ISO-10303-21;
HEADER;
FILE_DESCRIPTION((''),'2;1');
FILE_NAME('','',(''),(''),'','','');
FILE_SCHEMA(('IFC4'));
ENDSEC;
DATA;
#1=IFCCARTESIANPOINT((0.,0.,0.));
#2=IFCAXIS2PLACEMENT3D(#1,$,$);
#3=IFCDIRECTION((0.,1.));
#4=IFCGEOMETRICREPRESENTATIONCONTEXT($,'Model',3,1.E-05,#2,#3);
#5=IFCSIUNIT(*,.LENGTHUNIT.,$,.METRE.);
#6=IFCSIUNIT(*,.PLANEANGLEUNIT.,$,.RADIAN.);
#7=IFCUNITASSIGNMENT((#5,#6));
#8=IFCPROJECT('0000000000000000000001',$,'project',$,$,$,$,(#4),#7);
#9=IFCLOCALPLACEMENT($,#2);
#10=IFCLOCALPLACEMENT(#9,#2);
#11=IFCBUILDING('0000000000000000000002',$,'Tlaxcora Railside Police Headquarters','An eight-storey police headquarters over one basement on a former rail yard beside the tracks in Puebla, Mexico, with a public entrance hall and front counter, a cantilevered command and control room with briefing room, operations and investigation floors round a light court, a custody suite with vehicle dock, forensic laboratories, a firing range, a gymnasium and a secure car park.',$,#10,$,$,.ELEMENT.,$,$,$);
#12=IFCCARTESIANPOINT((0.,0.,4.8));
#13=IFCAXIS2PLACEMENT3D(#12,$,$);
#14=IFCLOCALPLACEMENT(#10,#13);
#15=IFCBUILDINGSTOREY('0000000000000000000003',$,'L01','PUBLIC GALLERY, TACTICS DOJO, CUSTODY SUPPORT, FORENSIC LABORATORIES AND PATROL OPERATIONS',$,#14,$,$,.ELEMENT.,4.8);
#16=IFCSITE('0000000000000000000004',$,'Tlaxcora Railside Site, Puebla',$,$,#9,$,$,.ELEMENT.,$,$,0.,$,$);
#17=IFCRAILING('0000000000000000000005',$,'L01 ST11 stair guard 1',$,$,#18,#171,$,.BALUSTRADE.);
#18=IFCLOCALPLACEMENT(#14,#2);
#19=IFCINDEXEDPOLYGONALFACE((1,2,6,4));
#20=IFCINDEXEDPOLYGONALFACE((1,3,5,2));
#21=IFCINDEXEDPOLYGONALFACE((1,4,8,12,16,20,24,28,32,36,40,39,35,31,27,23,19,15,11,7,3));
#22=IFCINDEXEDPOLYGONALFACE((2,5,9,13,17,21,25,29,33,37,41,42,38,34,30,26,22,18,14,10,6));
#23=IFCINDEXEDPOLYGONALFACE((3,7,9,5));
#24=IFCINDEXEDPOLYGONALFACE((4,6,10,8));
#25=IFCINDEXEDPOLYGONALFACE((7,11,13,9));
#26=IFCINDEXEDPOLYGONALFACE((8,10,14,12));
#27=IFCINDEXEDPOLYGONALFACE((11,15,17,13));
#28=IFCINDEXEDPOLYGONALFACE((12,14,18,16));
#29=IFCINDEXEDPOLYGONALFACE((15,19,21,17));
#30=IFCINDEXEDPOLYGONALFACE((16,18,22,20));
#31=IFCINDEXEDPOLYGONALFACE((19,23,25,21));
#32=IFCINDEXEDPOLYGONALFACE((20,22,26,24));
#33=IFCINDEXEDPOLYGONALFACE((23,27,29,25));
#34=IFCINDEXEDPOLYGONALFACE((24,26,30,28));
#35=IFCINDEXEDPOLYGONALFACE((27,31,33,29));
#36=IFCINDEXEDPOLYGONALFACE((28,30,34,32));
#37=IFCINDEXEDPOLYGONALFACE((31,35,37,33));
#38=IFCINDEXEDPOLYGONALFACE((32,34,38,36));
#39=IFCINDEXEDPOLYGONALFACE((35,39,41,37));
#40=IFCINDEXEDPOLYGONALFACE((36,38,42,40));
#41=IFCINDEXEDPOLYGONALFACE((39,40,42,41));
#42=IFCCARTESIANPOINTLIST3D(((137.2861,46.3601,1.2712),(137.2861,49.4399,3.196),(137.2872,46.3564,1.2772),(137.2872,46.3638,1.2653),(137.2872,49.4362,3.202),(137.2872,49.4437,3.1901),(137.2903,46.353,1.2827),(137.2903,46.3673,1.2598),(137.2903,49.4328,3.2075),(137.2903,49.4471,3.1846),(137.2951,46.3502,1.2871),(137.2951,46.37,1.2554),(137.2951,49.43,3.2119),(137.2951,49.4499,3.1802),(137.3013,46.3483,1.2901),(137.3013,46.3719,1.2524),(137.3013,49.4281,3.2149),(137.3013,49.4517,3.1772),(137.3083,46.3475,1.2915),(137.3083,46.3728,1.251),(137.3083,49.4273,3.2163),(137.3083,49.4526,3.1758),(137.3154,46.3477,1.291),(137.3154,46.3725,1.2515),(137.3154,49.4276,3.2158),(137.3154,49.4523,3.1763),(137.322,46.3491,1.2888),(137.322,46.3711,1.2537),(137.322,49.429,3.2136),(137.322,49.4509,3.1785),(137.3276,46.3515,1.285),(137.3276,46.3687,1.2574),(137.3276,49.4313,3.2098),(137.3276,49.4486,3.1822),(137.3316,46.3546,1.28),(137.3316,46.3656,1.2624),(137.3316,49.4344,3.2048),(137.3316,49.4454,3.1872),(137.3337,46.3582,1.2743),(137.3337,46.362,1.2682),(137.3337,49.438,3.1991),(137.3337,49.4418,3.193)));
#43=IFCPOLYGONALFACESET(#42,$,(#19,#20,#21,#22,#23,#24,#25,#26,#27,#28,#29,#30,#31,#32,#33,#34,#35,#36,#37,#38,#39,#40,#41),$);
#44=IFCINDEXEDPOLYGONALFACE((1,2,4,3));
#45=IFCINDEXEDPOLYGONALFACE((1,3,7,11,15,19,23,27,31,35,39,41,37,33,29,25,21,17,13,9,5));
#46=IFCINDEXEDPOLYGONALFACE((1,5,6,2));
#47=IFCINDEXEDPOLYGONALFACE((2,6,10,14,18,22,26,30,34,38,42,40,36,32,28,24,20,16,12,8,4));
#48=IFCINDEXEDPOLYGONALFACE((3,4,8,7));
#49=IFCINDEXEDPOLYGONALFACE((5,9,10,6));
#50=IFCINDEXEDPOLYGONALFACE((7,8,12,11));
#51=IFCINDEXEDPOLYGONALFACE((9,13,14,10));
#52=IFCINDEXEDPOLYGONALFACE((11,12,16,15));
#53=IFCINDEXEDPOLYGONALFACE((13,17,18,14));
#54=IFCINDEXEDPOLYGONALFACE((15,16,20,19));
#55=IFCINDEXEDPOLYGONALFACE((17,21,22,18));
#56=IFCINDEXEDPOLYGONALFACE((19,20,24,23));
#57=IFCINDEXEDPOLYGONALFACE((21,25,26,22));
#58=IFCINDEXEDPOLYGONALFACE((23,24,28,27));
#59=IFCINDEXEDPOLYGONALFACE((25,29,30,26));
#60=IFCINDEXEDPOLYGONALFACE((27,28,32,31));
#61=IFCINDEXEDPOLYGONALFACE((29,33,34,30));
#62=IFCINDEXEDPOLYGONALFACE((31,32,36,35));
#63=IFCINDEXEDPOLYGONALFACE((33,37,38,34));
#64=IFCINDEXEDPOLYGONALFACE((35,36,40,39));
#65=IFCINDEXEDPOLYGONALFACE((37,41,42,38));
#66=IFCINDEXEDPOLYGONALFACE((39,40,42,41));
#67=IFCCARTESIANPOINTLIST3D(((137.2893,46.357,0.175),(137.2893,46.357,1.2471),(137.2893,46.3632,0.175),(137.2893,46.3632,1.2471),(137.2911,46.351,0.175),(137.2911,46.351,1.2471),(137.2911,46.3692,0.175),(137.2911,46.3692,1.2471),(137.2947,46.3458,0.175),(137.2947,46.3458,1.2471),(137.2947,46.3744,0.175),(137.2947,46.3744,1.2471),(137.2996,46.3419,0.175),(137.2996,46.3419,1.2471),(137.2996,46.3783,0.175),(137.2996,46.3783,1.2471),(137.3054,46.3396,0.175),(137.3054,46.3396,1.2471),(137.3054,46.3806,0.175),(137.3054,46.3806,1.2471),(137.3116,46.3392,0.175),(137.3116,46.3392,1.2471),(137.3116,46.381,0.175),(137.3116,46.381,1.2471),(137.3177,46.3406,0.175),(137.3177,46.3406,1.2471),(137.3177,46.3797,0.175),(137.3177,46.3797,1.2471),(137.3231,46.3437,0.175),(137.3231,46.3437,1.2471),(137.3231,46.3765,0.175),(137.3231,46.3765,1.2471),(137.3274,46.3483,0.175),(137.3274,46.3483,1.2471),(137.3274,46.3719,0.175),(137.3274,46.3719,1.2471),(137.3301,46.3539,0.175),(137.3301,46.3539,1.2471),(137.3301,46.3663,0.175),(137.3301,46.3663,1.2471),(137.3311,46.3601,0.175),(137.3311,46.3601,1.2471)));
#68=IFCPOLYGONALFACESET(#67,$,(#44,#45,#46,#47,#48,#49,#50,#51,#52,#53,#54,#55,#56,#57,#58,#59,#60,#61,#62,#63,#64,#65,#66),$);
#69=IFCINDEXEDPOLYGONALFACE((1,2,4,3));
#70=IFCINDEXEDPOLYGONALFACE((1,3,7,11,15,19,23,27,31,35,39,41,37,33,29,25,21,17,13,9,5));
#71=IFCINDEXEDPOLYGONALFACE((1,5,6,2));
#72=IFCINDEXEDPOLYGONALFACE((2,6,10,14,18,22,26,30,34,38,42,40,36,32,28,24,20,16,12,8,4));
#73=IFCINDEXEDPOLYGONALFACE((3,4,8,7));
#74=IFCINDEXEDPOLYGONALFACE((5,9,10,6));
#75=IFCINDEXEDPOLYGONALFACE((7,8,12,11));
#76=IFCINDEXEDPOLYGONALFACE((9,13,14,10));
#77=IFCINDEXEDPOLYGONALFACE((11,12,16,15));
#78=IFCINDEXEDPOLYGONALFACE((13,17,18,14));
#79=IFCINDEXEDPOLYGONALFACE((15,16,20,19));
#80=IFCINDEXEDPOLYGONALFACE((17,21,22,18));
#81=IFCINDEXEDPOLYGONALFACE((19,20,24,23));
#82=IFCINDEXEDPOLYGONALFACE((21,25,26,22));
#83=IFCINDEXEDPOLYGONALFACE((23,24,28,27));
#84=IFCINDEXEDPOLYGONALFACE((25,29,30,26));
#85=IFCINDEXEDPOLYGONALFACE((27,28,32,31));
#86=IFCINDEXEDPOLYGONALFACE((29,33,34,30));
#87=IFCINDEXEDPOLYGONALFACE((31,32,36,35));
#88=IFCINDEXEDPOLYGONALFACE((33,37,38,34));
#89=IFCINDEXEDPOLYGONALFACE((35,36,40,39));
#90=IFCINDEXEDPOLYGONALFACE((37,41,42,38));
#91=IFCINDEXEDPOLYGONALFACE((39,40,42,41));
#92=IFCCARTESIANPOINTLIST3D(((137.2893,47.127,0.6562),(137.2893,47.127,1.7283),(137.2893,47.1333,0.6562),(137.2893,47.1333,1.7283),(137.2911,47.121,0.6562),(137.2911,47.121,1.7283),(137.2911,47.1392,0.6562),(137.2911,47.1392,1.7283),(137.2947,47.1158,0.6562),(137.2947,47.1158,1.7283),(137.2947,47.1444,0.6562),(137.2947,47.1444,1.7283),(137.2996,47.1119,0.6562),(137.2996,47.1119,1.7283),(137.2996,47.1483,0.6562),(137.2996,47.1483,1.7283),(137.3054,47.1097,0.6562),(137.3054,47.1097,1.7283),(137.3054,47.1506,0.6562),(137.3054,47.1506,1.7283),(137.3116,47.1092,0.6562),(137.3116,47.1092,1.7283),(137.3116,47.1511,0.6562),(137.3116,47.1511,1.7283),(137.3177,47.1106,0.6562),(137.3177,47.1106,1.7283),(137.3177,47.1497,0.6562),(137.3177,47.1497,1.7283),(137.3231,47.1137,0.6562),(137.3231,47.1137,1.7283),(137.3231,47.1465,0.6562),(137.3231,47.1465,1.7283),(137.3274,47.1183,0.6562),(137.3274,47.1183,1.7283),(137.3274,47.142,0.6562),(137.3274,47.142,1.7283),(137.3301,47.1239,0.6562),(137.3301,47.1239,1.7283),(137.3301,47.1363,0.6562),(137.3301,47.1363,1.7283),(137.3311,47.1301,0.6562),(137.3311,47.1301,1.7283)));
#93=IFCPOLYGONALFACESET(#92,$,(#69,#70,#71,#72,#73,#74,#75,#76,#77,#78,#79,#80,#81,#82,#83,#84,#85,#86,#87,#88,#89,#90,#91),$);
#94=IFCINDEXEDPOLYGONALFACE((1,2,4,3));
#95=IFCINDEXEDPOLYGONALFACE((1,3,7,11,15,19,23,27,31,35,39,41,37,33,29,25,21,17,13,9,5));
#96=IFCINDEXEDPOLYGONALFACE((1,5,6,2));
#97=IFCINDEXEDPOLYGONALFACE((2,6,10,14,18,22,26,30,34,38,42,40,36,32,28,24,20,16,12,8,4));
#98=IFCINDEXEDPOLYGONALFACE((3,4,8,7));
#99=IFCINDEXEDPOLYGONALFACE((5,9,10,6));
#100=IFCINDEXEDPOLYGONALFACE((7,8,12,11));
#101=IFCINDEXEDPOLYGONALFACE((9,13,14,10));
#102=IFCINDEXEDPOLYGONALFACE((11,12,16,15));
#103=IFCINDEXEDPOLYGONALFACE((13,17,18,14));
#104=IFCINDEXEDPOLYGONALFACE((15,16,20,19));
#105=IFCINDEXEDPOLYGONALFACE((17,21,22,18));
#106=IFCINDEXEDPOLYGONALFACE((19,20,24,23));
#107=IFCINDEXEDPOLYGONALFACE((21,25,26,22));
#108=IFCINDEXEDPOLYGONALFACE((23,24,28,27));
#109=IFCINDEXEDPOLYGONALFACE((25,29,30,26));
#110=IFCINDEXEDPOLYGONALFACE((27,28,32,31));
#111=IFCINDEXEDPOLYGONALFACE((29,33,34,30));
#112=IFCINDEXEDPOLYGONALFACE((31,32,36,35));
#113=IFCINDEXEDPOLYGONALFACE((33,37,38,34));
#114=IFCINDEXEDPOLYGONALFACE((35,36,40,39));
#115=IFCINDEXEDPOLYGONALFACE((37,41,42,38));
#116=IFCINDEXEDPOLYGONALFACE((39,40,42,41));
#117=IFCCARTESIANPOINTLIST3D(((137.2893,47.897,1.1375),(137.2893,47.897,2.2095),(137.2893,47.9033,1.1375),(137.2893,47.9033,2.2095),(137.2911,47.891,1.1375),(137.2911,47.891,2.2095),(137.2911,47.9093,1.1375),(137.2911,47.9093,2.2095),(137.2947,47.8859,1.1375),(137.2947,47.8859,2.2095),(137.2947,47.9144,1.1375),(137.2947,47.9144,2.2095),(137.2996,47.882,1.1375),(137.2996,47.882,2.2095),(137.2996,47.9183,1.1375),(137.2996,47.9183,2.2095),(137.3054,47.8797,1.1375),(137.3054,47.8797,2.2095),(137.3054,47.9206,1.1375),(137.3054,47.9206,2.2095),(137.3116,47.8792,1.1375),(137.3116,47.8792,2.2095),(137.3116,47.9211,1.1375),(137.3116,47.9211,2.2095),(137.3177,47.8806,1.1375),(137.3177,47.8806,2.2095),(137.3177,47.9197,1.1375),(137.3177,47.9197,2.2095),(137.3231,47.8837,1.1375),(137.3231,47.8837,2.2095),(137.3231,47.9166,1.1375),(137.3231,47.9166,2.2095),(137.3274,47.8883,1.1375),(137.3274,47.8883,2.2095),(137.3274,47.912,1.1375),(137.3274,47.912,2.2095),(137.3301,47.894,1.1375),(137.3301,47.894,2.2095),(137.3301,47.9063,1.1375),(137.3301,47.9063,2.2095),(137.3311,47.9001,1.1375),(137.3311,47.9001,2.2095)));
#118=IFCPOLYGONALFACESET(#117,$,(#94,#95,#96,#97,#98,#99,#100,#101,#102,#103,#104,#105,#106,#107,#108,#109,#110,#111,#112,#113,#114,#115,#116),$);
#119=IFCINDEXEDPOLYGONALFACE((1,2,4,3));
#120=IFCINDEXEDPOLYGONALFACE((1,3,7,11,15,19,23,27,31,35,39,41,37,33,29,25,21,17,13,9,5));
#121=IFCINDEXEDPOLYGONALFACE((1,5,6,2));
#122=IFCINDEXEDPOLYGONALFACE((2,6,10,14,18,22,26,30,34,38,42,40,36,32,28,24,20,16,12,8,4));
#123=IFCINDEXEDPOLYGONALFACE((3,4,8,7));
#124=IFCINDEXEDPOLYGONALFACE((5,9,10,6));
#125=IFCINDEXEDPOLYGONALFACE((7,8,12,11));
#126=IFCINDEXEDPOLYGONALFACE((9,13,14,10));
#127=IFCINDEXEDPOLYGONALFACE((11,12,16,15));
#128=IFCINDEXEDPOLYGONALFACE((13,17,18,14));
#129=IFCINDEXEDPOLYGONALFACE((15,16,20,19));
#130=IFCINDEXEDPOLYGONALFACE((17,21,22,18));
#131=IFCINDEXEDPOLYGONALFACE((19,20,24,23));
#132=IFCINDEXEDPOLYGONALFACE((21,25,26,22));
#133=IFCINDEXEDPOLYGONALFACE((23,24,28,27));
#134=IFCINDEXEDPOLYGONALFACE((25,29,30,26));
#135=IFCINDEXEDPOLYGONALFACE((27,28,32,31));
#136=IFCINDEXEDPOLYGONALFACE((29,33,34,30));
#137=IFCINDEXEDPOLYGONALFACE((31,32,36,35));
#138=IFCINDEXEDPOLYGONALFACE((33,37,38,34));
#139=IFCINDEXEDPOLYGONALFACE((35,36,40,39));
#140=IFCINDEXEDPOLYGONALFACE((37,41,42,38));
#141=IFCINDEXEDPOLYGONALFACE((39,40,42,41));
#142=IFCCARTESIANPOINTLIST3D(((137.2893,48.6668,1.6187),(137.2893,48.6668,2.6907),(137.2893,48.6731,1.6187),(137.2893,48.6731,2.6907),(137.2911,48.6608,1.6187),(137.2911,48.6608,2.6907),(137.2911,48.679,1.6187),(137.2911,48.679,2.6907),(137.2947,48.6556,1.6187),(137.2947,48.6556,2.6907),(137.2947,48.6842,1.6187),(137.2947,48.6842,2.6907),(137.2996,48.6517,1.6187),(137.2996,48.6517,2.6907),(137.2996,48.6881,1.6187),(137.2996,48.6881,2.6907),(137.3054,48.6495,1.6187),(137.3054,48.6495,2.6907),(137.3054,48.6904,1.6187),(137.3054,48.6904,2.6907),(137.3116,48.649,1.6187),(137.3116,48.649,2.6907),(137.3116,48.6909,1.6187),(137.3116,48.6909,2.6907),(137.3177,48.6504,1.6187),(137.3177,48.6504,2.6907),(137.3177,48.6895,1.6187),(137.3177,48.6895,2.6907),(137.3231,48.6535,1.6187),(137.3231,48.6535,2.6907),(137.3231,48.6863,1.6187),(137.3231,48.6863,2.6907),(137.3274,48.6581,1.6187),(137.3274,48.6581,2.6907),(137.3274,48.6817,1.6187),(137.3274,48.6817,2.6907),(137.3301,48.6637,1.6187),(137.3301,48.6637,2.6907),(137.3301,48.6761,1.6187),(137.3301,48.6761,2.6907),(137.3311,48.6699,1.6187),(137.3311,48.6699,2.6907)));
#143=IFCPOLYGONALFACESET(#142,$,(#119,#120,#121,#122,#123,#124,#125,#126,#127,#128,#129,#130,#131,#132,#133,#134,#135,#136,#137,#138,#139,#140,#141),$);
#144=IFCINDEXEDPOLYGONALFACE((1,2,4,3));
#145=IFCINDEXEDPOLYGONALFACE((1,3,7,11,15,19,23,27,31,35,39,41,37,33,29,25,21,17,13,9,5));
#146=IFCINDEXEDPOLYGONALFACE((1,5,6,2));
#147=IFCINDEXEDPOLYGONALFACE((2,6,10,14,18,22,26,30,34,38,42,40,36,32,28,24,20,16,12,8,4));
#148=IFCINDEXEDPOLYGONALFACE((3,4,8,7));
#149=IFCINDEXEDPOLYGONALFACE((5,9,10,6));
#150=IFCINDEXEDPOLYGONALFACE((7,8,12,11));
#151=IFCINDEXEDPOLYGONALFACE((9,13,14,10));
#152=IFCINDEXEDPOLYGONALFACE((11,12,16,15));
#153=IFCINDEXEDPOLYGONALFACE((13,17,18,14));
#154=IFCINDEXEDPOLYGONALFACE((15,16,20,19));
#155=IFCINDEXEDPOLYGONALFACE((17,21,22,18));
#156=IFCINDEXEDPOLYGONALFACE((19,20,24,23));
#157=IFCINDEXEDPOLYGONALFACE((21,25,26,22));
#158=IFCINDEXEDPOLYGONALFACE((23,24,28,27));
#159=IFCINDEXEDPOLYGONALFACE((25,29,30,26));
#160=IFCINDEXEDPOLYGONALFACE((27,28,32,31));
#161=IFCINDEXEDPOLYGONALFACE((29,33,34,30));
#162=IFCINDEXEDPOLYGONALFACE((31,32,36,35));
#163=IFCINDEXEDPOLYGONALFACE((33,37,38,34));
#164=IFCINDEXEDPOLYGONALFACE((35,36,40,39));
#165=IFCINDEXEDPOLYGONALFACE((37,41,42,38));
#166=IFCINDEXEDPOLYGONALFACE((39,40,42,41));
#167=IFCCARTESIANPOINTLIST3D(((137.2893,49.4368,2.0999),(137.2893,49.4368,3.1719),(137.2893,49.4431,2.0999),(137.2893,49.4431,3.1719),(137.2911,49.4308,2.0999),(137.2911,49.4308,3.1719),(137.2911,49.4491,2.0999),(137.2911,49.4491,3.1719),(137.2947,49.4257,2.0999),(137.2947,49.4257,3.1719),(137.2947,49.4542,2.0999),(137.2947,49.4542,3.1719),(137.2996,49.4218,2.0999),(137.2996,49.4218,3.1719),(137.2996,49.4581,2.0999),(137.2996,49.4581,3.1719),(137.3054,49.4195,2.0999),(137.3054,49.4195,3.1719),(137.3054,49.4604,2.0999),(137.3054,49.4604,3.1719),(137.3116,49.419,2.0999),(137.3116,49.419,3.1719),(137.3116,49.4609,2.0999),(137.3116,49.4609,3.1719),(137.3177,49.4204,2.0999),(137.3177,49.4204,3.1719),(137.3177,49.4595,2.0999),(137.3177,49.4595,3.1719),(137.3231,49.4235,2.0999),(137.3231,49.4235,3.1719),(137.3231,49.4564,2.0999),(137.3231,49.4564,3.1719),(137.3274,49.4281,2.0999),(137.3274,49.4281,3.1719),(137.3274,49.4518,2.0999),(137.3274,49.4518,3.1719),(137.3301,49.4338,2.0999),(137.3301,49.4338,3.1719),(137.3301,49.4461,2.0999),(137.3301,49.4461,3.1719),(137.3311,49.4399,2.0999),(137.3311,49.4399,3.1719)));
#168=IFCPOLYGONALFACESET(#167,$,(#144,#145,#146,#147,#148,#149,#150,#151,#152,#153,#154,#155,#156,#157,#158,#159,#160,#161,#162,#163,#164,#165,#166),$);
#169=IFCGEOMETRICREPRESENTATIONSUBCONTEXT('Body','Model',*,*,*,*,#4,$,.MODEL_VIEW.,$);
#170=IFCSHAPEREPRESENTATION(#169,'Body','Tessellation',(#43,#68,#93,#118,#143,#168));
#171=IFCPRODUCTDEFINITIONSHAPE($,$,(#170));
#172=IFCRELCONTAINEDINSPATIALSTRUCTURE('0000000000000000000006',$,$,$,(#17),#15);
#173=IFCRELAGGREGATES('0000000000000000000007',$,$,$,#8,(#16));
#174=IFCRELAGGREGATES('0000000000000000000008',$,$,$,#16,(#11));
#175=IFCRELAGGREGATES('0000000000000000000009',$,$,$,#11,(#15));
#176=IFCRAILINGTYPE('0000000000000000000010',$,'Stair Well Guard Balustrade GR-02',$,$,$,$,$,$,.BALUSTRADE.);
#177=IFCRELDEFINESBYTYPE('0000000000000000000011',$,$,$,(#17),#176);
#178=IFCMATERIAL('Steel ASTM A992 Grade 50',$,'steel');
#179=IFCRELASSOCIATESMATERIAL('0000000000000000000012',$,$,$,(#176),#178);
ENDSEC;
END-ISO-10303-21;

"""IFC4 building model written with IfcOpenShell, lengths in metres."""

from ifc_helpers import new_model, si_unit, direction, frame, origin, origin_2d, place, context, subcontext, project, spatial, circle, extrude, material, type_object, element, save


model = new_model("IFC4")

# Units and contexts
model_context = context("Model", 3, precision=1e-05, world=origin(), true_north=direction((0.0, 1.0)))
body_context = subcontext(model_context, "Body", "Model", "MODEL_VIEW")
ifc_project = project(units=[si_unit("LENGTHUNIT", "METRE"), si_unit("PLANEANGLEUNIT", "RADIAN")], contexts=[model_context])

# Site, building, storey
site_placement = place(None, origin())
site = spatial("IfcSite", under=ifc_project, at=site_placement, Name="Tlaxcora Railside Site, Puebla", CompositionType="ELEMENT", RefElevation=0.0)
building_placement = place(site_placement, origin())
building = spatial("IfcBuilding", under=site, at=building_placement, Name="Tlaxcora Railside Police Headquarters", Description="An eight-storey police headquarters over one basement on a former rail yard beside the tracks in Puebla, Mexico, with a public entrance hall and front counter, a cantilevered command and control room with briefing room, operations and investigation floors round a light court, a custody suite with vehicle dock, forensic laboratories, a firing range, a gymnasium and a secure car park.", CompositionType="ELEMENT")
storey_placement = place(building_placement, frame((0.0, 0.0, 4.8)))
storey = spatial("IfcBuildingStorey", under=building, at=storey_placement, Name="L01", Description="PUBLIC GALLERY, TACTICS DOJO, CUSTODY SUPPORT, FORENSIC LABORATORIES AND PATROL OPERATIONS", CompositionType="ELEMENT", Elevation=4.8)

# Shared definitions
ifc_material_1 = material(Name="Steel ASTM A992 Grade 50", Category="steel")

# Railing
railing_type_1 = type_object("IfcRailingType", Name="Stair Well Guard Balustrade GR-02", PredefinedType="BALUSTRADE", material=ifc_material_1)
railing_1_placement = place(storey_placement, frame((137.3101, 46.3601, 0.175)))
element("IfcRailing", 1, at=railing_1_placement, inside=storey, type_object=railing_type_1, Name="L01 ST11 stair guard 1", PredefinedType="BALUSTRADE", context=body_context, shape_type="SweptSolid", body=[
    extrude(circle(Radius=0.0239, at=origin_2d()), frame((0.0, 0.0, 1.0962), z_axis=(0.0, 0.84801, 0.529981), x_axis=(-1.0, 0.0, 0.0)), (0.0, 0.0, 1.0), 3.6318),
    extrude(circle(Radius=0.021, at=origin_2d()), origin(), (0.0, 0.0, 1.0), 1.072),
    extrude(circle(Radius=0.021, at=origin_2d()), frame((0.0, 0.77, 0.4812)), (0.0, 0.0, 1.0), 1.072),
    extrude(circle(Radius=0.021, at=origin_2d()), frame((0.0, 1.54, 0.9624)), (0.0, 0.0, 1.0), 1.072),
    extrude(circle(Radius=0.021, at=origin_2d()), frame((0.0, 2.3098, 1.4436)), (0.0, 0.0, 1.0), 1.072),
    extrude(circle(Radius=0.021, at=origin_2d()), frame((0.0, 3.0798, 1.9248)), (0.0, 0.0, 1.0), 1.072),
])

save(model, "model.ifc")
